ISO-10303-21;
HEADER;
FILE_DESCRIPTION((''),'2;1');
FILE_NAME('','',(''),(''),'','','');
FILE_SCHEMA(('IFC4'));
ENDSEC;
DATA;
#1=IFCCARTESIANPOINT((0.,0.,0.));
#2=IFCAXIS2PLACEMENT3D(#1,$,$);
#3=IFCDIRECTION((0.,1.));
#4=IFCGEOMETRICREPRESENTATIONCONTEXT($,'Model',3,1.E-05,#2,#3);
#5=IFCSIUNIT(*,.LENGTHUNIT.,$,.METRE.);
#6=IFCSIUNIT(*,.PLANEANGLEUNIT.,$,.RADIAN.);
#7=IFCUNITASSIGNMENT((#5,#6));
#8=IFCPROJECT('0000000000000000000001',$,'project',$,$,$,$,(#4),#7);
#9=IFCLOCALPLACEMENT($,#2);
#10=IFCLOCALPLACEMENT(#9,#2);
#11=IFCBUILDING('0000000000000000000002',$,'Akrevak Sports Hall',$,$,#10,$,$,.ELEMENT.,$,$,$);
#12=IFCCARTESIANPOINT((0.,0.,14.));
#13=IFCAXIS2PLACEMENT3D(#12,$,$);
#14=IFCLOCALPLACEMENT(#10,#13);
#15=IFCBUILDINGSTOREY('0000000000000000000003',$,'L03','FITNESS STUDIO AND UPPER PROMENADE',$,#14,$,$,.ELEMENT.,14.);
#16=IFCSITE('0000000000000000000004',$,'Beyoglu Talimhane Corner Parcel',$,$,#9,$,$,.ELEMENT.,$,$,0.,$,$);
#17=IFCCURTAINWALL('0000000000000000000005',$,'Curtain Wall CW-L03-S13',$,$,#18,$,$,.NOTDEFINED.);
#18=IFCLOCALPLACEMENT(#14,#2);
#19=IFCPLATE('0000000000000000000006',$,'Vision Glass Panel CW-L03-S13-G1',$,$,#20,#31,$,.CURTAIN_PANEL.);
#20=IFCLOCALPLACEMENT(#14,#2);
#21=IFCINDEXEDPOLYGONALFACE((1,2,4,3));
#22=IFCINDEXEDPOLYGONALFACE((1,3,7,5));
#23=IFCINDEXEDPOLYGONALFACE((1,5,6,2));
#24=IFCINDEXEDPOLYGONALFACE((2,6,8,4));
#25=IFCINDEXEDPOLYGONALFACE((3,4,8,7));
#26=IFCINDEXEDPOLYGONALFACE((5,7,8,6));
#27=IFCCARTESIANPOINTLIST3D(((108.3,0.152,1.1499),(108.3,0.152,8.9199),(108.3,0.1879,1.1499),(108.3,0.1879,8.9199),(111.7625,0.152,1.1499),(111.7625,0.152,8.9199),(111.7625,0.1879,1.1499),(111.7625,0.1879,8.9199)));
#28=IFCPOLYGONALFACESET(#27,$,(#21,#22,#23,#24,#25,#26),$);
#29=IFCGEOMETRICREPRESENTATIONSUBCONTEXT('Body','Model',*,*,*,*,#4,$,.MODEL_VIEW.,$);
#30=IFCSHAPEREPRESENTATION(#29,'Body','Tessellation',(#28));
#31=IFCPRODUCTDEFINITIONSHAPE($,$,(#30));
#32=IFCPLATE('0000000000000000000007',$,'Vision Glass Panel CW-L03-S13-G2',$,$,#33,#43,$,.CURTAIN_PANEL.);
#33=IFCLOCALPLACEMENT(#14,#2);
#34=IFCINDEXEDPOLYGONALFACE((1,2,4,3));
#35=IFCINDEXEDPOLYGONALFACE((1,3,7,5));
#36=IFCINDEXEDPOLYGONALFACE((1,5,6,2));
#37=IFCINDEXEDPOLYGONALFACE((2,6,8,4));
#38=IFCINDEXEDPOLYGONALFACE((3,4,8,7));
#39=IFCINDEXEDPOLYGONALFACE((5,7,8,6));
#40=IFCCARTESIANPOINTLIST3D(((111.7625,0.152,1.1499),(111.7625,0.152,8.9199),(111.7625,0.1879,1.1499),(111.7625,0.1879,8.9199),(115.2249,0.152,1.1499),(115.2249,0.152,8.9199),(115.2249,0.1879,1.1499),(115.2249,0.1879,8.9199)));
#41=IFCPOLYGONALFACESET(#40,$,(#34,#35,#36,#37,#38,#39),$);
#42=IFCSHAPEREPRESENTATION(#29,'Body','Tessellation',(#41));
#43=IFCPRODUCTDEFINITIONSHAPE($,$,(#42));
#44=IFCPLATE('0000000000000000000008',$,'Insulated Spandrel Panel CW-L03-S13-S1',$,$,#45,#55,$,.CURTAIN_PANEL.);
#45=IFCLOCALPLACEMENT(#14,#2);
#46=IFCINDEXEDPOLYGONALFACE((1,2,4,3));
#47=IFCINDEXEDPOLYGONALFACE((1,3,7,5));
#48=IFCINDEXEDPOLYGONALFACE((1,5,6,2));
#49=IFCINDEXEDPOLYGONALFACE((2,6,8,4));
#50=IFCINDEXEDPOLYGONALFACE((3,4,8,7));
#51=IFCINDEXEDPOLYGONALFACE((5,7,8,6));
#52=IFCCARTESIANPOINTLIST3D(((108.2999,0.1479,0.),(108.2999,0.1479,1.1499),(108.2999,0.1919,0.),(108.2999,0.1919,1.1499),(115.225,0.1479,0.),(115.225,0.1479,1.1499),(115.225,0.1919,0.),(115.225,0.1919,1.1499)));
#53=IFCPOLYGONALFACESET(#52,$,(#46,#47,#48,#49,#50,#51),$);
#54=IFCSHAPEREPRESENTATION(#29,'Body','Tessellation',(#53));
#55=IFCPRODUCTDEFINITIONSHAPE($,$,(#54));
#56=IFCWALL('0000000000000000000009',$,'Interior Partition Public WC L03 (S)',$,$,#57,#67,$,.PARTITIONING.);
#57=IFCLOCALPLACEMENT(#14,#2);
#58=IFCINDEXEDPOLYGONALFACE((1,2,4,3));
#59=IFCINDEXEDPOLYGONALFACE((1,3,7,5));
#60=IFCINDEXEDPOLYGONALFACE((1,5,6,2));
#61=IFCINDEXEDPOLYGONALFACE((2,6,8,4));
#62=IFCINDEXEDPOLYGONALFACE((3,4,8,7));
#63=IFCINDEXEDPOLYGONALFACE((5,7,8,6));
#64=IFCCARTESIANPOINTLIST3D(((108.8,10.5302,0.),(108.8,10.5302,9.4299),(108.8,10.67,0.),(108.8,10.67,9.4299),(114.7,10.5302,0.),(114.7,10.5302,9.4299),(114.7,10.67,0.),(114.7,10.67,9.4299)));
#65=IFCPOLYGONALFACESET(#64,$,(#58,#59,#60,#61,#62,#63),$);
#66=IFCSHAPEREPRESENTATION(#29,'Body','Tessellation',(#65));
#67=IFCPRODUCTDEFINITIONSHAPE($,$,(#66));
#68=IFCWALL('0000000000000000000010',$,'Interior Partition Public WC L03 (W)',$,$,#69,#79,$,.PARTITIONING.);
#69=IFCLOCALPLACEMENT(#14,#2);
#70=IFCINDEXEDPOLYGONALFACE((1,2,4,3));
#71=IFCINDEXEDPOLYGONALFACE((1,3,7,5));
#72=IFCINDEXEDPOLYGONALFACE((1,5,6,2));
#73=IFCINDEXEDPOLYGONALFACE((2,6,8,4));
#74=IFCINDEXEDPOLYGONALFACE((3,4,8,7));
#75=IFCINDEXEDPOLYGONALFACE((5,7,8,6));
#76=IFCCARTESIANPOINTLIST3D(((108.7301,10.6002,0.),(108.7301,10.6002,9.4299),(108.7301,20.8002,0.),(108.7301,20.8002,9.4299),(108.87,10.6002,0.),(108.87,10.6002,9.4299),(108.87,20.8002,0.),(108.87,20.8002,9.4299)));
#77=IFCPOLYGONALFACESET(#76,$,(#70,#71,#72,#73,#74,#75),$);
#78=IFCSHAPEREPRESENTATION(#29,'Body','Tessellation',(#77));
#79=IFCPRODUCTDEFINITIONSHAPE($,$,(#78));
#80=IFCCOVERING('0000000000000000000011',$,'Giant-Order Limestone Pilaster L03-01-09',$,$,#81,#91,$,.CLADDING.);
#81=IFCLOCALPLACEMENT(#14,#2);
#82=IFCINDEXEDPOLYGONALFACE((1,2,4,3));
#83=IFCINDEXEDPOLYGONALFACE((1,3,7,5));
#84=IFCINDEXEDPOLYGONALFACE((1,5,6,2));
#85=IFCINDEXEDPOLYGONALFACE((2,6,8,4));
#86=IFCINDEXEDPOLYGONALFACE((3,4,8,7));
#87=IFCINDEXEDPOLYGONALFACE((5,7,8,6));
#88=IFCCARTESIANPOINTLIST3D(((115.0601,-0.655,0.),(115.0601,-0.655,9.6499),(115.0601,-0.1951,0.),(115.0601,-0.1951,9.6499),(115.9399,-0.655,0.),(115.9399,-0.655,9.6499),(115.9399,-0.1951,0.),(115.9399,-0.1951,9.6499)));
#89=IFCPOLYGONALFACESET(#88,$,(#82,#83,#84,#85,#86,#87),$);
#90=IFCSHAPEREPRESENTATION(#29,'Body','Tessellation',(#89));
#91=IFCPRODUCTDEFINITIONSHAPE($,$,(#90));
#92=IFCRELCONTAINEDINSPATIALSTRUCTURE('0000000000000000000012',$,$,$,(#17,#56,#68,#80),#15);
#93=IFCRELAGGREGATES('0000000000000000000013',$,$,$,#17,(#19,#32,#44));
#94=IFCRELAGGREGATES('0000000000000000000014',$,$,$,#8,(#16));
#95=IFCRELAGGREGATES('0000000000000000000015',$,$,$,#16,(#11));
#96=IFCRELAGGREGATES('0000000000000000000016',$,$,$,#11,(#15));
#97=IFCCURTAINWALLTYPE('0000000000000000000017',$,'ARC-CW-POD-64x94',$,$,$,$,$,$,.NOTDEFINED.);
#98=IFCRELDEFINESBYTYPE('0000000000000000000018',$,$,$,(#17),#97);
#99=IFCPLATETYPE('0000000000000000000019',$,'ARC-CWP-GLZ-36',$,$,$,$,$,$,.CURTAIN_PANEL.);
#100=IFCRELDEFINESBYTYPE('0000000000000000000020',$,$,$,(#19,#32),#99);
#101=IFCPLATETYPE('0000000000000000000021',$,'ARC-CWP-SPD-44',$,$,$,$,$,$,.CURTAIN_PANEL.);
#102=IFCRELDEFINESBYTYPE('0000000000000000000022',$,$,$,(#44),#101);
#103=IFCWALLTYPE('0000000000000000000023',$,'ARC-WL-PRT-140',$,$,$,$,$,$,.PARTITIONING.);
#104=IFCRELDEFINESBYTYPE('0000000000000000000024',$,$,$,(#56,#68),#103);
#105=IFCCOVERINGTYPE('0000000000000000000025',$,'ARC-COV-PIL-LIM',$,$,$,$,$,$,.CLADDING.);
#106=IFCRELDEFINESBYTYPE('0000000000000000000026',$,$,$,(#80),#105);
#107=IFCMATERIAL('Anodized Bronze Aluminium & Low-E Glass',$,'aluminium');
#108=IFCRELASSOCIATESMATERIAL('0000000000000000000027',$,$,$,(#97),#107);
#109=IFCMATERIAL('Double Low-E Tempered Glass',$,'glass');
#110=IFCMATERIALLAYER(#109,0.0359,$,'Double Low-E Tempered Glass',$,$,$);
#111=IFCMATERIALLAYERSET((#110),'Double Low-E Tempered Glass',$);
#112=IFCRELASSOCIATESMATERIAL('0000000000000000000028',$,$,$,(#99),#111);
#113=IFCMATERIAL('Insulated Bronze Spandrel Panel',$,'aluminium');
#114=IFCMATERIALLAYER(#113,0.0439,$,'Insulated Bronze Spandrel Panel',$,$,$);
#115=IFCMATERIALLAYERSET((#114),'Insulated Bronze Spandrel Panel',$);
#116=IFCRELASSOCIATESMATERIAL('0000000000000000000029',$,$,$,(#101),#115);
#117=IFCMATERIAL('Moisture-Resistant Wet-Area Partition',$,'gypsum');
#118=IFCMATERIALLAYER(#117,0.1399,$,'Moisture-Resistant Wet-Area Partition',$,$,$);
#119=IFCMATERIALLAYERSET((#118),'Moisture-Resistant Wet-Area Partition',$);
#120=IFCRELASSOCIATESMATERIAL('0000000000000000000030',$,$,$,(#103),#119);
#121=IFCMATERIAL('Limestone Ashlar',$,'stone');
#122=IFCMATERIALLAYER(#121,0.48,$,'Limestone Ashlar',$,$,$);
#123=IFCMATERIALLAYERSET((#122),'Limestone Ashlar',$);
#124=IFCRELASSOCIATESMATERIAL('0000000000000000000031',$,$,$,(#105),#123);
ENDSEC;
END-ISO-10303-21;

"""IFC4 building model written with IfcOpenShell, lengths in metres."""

from ifc_helpers import new_model, si_unit, direction, frame, frame_2d, origin, origin_2d, place, context, subcontext, project, spatial, rectangle, extrude, material, layer, layer_set, type_object, element, aggregate, save


model = new_model("IFC4")

# Units and contexts
model_context = context("Model", 3, precision=1e-05, world=origin(), true_north=direction((0.0, 1.0)))
body_context = subcontext(model_context, "Body", "Model", "MODEL_VIEW")
ifc_project = project(units=[si_unit("LENGTHUNIT", "METRE"), si_unit("PLANEANGLEUNIT", "RADIAN")], contexts=[model_context])

# Site, building, storey
site_placement = place(None, origin())
site = spatial("IfcSite", under=ifc_project, at=site_placement, Name="Beyoglu Talimhane Corner Parcel", CompositionType="ELEMENT", RefElevation=0.0)
building_placement = place(site_placement, origin())
building = spatial("IfcBuilding", under=site, at=building_placement, Name="Akrevak Sports Hall", CompositionType="ELEMENT")
storey_placement = place(building_placement, frame((0.0, 0.0, 14.0)))
storey = spatial("IfcBuildingStorey", under=building, at=storey_placement, Name="L03", Description="FITNESS STUDIO AND UPPER PROMENADE", CompositionType="ELEMENT", Elevation=14.0)

# Curtain wall
ifc_material_1 = material(Name="Anodized Bronze Aluminium & Low-E Glass", Category="aluminium")
curtain_wall_type = type_object("IfcCurtainWallType", Name="ARC-CW-POD-64x94", PredefinedType="NOTDEFINED", material=ifc_material_1)
curtain_wall_placement = place(storey_placement, origin())
curtain_wall = element("IfcCurtainWall", 1, at=curtain_wall_placement, inside=storey, type_object=curtain_wall_type, Name="Curtain Wall CW-L03-S13", PredefinedType="NOTDEFINED")

# Plates
ifc_material_2 = material(Name="Double Low-E Tempered Glass", Category="glass")
ifc_layer_1 = layer(ifc_material_2, 0.0359, Name="Double Low-E Tempered Glass")
ifc_layer_set_1 = layer_set([ifc_layer_1], Name="Double Low-E Tempered Glass")
plate_type_1 = type_object("IfcPlateType", Name="ARC-CWP-GLZ-36", PredefinedType="CURTAIN_PANEL", material=ifc_layer_set_1)
plate_1_placement = place(storey_placement, frame((110.0312, 0.1699, 1.1499), z_axis=(0.0, 0.0, 1.0), x_axis=(1.0, 0.0, 0.0)))
plate_1 = element("IfcPlate", 2, at=plate_1_placement, type_object=plate_type_1, Name="Vision Glass Panel CW-L03-S13-G1", PredefinedType="CURTAIN_PANEL", context=body_context, shape_type="SweptSolid", body=[
    extrude(rectangle(XDim=3.4624, YDim=0.0359, at=origin_2d()), origin(), (0.0, 0.0, 1.0), 7.77),
])
plate_2_placement = place(storey_placement, frame((113.4937, 0.1699, 1.1499), z_axis=(0.0, 0.0, 1.0), x_axis=(1.0, 0.0, 0.0)))
plate_2 = element("IfcPlate", 3, at=plate_2_placement, type_object=plate_type_1, Name="Vision Glass Panel CW-L03-S13-G2", PredefinedType="CURTAIN_PANEL", context=body_context, shape_type="SweptSolid", body=[
    extrude(rectangle(XDim=3.4624, YDim=0.0359, at=origin_2d()), origin(), (0.0, 0.0, 1.0), 7.77),
])
ifc_material_3 = material(Name="Insulated Bronze Spandrel Panel", Category="aluminium")
ifc_layer_2 = layer(ifc_material_3, 0.0439, Name="Insulated Bronze Spandrel Panel")
ifc_layer_set_2 = layer_set([ifc_layer_2], Name="Insulated Bronze Spandrel Panel")
plate_type_2 = type_object("IfcPlateType", Name="ARC-CWP-SPD-44", PredefinedType="CURTAIN_PANEL", material=ifc_layer_set_2)
plate_3_placement = place(storey_placement, frame((111.7625, 0.1699, 0.0), z_axis=(0.0, 0.0, 1.0), x_axis=(1.0, 0.0, 0.0)))
plate_3 = element("IfcPlate", 4, at=plate_3_placement, type_object=plate_type_2, Name="Insulated Spandrel Panel CW-L03-S13-S1", PredefinedType="CURTAIN_PANEL", context=body_context, shape_type="SweptSolid", body=[
    extrude(rectangle(XDim=6.925, YDim=0.0439, at=origin_2d()), origin(), (0.0, 0.0, 1.0), 1.1499),
])
aggregate(curtain_wall, [plate_1, plate_2, plate_3])

# Walls
ifc_material_4 = material(Name="Moisture-Resistant Wet-Area Partition", Category="gypsum")
ifc_layer_3 = layer(ifc_material_4, 0.1399, Name="Moisture-Resistant Wet-Area Partition")
ifc_layer_set_3 = layer_set([ifc_layer_3], Name="Moisture-Resistant Wet-Area Partition")
wall_type = type_object("IfcWallType", Name="ARC-WL-PRT-140", PredefinedType="PARTITIONING", material=ifc_layer_set_3)
wall_1_placement = place(storey_placement, frame((108.8, 10.6001, 0.0), z_axis=(0.0, 0.0, 1.0), x_axis=(1.0, 0.0, 0.0)))
element("IfcWall", 5, at=wall_1_placement, inside=storey, type_object=wall_type, Name="Interior Partition Public WC L03 (S)", PredefinedType="PARTITIONING", context=body_context, shape_type="SweptSolid", body=[
    extrude(rectangle(XDim=5.8999, YDim=0.1399, at=frame_2d((2.95, 0.0))), origin(), (0.0, 0.0, 1.0), 9.4299),
])
wall_2_placement = place(storey_placement, frame((108.8, 10.6001, 0.0), z_axis=(0.0, 0.0, 1.0), x_axis=(0.0, 1.0, 0.0)))
element("IfcWall", 6, at=wall_2_placement, inside=storey, type_object=wall_type, Name="Interior Partition Public WC L03 (W)", PredefinedType="PARTITIONING", context=body_context, shape_type="SweptSolid", body=[
    extrude(rectangle(XDim=10.2, YDim=0.1399, at=frame_2d((5.1001, 0.0))), origin(), (0.0, 0.0, 1.0), 9.4299),
])

# Covering
ifc_material_5 = material(Name="Limestone Ashlar", Category="stone")
ifc_layer_4 = layer(ifc_material_5, 0.48, Name="Limestone Ashlar")
ifc_layer_set_4 = layer_set([ifc_layer_4], Name="Limestone Ashlar")
covering_type = type_object("IfcCoveringType", Name="ARC-COV-PIL-LIM", PredefinedType="CLADDING", material=ifc_layer_set_4)
covering_placement = place(storey_placement, frame((115.5, -0.425, 0.0), z_axis=(0.0, 0.0, 1.0), x_axis=(1.0, 0.0, 0.0)))
element("IfcCovering", 7, at=covering_placement, inside=storey, type_object=covering_type, Name="Giant-Order Limestone Pilaster L03-01-09", PredefinedType="CLADDING", context=body_context, shape_type="SweptSolid", body=[
    extrude(rectangle(XDim=0.8799, YDim=0.46, at=origin_2d()), origin(), (0.0, 0.0, 1.0), 9.6499),
])

save(model, "model.ifc")
